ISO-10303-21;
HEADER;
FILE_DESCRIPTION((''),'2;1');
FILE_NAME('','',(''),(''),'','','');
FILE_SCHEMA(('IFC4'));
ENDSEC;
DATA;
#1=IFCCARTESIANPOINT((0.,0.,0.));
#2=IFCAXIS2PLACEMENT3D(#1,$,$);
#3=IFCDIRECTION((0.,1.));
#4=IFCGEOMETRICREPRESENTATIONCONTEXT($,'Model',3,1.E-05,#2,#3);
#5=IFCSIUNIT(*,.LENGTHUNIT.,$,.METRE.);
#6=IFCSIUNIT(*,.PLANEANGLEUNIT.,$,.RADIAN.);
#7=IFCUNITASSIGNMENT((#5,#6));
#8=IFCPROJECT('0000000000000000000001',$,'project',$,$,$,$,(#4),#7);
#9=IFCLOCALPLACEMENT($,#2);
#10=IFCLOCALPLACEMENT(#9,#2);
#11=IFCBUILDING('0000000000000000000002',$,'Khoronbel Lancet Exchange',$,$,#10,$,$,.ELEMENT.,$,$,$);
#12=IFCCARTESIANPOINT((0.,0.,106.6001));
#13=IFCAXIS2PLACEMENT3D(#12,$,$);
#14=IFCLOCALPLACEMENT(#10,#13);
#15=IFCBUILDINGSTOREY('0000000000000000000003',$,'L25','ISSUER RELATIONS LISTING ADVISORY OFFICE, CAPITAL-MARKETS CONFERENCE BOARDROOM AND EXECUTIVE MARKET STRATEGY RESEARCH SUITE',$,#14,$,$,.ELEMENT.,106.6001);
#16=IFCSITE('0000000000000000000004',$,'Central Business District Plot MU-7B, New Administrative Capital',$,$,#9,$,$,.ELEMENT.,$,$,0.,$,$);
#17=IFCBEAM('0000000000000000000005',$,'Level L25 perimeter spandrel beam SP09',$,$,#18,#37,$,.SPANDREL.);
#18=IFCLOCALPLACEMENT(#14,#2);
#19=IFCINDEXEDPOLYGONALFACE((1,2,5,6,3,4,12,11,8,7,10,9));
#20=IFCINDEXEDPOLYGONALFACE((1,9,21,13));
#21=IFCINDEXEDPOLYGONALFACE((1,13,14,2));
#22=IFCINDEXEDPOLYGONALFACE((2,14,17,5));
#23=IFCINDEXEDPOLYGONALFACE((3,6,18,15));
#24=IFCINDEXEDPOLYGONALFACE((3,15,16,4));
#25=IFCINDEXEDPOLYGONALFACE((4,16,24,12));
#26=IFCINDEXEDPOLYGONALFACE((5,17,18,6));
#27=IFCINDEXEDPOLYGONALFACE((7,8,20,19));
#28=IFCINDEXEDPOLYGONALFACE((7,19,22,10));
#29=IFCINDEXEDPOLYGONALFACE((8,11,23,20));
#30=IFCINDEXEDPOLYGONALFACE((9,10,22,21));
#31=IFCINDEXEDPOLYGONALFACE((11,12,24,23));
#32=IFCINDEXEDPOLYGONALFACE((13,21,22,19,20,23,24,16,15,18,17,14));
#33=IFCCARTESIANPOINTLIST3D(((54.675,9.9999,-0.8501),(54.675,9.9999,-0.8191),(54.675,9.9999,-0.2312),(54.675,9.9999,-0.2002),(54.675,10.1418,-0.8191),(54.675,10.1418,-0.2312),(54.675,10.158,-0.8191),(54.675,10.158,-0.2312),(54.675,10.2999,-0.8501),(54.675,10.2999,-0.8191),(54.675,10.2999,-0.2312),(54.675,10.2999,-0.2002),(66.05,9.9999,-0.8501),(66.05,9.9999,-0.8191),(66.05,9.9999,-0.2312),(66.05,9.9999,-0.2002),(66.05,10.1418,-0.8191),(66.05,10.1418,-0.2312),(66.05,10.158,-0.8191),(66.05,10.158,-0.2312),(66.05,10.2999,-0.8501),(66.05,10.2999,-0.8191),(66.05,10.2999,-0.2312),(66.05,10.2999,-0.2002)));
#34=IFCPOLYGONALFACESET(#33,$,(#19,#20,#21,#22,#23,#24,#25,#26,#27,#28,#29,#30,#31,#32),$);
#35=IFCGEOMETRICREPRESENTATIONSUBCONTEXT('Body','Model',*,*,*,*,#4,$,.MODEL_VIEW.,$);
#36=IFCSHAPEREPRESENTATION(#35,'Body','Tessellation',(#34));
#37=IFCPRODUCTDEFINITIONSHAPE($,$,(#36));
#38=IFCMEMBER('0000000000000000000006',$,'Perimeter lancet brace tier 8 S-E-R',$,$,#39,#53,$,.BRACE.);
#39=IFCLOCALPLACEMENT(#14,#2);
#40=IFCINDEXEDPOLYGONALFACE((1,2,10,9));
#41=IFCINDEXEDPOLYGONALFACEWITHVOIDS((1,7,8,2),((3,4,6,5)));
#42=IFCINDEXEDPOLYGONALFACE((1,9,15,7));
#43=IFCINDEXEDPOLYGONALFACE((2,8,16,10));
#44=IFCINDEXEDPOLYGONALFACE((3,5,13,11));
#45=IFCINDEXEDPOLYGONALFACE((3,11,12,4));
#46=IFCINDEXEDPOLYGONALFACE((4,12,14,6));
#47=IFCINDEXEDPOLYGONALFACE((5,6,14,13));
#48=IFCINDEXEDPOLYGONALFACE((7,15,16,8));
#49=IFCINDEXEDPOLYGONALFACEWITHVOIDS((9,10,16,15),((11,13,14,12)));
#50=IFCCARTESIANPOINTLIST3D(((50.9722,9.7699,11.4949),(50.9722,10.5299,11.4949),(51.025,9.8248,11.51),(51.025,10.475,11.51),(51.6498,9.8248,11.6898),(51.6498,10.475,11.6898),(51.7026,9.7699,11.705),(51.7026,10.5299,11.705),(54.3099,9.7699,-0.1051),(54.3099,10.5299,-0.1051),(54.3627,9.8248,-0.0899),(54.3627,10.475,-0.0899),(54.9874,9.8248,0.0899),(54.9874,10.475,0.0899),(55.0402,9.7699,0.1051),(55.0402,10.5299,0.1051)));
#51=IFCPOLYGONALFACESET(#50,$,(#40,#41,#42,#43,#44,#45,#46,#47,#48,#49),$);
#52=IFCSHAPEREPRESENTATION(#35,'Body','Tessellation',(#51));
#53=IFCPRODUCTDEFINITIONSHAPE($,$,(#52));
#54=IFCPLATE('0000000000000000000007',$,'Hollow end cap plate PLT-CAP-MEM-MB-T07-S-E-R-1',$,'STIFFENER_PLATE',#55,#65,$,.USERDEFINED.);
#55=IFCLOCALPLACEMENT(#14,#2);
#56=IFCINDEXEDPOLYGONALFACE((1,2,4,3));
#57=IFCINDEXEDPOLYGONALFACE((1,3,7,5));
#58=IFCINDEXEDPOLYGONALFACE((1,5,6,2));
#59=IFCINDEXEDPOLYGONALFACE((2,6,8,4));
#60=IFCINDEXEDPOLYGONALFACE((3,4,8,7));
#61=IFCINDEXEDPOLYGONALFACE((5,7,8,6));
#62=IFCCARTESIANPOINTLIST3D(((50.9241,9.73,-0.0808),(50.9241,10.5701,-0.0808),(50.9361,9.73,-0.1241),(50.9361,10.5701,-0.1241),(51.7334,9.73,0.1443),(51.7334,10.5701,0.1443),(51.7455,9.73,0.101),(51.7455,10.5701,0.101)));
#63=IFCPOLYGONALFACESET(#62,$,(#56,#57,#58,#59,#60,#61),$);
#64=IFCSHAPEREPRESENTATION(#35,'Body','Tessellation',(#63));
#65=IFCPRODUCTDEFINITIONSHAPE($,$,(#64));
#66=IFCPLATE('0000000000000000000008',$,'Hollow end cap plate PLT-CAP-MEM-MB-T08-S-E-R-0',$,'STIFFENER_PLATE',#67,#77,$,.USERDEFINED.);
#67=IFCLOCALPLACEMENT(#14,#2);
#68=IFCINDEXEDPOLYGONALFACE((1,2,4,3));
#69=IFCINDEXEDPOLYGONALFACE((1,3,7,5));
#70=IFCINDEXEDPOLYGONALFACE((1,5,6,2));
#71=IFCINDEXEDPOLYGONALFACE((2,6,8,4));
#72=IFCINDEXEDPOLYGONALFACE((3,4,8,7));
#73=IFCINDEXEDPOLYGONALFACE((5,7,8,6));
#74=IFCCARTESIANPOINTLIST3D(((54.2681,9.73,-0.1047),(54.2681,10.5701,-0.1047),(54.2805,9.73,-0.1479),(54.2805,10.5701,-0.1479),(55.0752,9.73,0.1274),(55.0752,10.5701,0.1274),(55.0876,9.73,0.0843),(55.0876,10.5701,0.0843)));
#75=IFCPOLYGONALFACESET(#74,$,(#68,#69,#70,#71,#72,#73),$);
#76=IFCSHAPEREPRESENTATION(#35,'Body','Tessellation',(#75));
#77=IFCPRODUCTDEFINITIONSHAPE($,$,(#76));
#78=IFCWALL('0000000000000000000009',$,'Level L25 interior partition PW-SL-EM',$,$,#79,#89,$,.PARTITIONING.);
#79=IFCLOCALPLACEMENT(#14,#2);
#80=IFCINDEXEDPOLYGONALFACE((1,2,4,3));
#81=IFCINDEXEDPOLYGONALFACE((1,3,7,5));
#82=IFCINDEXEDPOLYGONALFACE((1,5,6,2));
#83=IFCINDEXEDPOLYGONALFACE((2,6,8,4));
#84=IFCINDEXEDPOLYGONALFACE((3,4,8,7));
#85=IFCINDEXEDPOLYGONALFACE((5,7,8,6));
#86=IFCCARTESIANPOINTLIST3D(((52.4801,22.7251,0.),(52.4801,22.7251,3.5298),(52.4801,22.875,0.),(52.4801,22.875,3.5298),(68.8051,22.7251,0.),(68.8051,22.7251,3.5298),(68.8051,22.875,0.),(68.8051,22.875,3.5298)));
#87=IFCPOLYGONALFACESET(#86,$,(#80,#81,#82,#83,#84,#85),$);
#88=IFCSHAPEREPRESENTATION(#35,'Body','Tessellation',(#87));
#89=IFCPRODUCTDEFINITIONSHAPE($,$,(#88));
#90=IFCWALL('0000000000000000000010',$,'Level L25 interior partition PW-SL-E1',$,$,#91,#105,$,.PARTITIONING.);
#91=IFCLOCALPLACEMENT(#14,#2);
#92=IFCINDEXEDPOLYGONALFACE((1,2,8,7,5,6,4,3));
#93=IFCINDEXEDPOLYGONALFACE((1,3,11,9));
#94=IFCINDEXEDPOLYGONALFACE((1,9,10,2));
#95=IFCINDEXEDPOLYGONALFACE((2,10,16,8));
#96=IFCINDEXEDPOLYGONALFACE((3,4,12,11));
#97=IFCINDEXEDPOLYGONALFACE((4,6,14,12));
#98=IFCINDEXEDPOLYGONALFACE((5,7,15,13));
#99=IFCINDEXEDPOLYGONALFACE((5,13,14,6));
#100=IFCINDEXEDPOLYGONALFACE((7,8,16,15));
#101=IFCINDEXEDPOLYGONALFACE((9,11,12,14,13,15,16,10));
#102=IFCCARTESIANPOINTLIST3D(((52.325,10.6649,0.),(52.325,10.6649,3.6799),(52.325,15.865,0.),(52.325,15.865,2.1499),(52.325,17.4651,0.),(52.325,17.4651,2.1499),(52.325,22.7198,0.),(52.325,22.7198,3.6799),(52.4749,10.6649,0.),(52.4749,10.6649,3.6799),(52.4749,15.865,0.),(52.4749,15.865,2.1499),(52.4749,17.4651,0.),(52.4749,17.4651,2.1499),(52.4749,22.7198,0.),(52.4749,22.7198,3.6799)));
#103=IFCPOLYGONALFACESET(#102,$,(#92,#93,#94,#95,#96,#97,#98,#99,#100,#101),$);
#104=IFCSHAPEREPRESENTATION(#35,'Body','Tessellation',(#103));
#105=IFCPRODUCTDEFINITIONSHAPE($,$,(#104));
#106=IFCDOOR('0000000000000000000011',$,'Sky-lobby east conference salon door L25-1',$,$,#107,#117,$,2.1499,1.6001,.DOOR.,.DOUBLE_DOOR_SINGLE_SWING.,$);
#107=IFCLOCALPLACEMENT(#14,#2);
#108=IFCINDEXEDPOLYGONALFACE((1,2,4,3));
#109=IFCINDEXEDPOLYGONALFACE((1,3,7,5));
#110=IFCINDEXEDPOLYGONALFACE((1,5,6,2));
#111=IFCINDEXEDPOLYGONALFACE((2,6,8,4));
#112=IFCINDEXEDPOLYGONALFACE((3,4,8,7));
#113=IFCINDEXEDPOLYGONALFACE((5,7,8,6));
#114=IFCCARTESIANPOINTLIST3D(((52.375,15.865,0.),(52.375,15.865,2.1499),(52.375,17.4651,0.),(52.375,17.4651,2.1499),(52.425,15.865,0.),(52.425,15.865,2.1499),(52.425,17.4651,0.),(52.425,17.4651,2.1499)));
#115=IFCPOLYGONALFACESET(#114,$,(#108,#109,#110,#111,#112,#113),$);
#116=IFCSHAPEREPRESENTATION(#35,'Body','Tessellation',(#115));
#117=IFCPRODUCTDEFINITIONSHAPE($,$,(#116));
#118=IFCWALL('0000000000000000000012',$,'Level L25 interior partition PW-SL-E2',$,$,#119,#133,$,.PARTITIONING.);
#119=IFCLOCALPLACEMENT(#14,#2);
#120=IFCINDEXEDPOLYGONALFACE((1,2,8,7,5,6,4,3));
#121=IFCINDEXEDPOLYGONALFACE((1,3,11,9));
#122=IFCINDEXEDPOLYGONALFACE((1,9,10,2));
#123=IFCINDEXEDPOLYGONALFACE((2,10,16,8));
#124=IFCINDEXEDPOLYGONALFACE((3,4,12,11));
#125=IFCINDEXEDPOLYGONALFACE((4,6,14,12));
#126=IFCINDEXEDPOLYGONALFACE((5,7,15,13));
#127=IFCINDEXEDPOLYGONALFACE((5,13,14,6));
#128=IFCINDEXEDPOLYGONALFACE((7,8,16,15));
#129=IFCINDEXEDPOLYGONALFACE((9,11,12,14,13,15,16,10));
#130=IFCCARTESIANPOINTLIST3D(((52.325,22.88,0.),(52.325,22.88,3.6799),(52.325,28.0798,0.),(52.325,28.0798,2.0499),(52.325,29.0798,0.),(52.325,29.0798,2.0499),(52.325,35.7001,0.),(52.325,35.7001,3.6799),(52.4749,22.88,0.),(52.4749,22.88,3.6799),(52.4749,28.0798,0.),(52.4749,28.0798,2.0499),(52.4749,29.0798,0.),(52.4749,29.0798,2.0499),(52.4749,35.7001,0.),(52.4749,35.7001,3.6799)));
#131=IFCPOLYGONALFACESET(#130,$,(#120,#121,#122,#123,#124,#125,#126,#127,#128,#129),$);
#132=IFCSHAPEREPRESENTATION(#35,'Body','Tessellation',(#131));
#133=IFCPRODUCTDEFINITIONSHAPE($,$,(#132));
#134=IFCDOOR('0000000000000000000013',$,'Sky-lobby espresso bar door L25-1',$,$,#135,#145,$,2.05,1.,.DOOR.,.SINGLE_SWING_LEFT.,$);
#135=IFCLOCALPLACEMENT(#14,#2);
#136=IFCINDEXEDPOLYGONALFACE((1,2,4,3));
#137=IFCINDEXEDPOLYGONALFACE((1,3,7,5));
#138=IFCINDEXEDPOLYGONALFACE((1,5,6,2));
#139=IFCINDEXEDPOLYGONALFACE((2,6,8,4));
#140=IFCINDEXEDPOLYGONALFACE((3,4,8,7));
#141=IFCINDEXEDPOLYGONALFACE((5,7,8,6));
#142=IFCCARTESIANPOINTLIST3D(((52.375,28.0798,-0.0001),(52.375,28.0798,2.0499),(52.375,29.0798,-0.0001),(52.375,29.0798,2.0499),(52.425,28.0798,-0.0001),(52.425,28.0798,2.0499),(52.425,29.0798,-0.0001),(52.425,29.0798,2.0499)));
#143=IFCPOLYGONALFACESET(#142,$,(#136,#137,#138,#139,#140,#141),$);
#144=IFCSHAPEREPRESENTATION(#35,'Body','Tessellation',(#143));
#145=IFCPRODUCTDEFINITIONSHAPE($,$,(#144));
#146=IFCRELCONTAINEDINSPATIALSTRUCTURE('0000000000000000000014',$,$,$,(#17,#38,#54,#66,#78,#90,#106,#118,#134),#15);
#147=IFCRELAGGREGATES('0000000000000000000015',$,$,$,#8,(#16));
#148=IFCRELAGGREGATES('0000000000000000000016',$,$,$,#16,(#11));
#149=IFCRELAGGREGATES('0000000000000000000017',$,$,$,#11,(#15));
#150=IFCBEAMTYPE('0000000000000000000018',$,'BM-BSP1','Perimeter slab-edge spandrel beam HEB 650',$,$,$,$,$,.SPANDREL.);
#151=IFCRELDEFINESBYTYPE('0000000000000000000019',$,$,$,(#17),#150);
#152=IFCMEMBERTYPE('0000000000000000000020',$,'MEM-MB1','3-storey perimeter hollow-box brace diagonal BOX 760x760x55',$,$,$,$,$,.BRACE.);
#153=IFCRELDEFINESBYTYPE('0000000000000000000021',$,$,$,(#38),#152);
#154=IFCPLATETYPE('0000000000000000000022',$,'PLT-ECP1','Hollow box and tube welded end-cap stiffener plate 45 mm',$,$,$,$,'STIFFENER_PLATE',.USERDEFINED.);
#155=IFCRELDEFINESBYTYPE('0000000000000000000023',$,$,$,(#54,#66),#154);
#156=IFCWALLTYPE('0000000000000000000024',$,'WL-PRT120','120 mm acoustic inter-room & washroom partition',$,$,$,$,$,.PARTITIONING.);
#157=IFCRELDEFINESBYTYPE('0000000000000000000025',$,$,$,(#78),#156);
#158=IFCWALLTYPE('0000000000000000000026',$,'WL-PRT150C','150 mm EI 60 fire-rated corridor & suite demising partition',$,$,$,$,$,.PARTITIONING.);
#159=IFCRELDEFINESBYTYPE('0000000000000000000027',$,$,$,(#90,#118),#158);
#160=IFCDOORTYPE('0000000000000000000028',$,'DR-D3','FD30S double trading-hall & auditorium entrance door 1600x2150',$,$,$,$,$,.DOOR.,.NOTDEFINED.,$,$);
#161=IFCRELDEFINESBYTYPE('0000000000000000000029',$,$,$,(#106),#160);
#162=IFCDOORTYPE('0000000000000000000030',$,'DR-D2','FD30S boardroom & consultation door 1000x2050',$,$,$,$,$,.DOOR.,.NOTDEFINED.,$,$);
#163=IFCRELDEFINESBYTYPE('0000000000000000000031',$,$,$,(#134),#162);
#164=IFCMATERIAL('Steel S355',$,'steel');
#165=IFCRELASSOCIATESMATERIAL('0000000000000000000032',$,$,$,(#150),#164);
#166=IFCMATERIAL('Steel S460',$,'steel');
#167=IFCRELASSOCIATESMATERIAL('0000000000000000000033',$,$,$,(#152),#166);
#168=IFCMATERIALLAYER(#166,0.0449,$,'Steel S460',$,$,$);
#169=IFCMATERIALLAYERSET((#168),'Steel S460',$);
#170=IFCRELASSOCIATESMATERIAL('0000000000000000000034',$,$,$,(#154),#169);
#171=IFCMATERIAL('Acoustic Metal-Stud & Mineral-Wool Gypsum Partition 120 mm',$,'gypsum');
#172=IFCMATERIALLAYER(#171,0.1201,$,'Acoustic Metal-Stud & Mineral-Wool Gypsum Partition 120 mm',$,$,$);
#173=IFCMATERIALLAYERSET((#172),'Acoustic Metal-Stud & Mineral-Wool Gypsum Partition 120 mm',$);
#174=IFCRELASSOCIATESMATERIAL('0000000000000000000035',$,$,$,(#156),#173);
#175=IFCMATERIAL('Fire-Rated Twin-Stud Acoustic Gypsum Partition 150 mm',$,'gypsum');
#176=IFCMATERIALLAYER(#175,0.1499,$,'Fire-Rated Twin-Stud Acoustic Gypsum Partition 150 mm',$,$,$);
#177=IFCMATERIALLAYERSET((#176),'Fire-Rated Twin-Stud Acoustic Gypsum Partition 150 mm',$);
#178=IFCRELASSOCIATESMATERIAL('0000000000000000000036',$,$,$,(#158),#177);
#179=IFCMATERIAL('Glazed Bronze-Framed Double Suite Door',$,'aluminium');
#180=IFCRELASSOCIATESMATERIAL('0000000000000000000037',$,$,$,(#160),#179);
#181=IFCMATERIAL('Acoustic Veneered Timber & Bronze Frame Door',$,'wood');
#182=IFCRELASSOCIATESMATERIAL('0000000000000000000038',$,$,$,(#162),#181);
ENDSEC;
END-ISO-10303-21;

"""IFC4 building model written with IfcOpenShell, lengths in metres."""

from ifc_helpers import new_model, si_unit, direction, frame, frame_2d, origin, origin_2d, place, context, subcontext, project, spatial, polyline, rectangle, hollow_rectangle, i_section, outline, extrude, material, layer, layer_set, material_profile, profile_set, type_object, element, fill, save


model = new_model("IFC4")

# Units and contexts
model_context = context("Model", 3, precision=1e-05, world=origin(), true_north=direction((0.0, 1.0)))
body_context = subcontext(model_context, "Body", "Model", "MODEL_VIEW")
ifc_project = project(units=[si_unit("LENGTHUNIT", "METRE"), si_unit("PLANEANGLEUNIT", "RADIAN")], contexts=[model_context])

# Site, building, storey
site_placement = place(None, origin())
site = spatial("IfcSite", under=ifc_project, at=site_placement, Name="Central Business District Plot MU-7B, New Administrative Capital", CompositionType="ELEMENT", RefElevation=0.0)
building_placement = place(site_placement, origin())
building = spatial("IfcBuilding", under=site, at=building_placement, Name="Khoronbel Lancet Exchange", CompositionType="ELEMENT")
storey_placement = place(building_placement, frame((0.0, 0.0, 106.6001)))
storey = spatial("IfcBuildingStorey", under=building, at=storey_placement, Name="L25", Description="ISSUER RELATIONS LISTING ADVISORY OFFICE, CAPITAL-MARKETS CONFERENCE BOARDROOM AND EXECUTIVE MARKET STRATEGY RESEARCH SUITE", CompositionType="ELEMENT", Elevation=106.6001)

# Shared definitions
ifc_material_1 = material(Name="Steel S460", Category="steel")

# Beam
ifc_material_2 = material(Name="Steel S355", Category="steel")
ifc_material_profile_1 = material_profile(ifc_material_2, i_section(OverallWidth=0.3, OverallDepth=0.6499, WebThickness=0.0161, FlangeThickness=0.031, at=origin_2d()), Name="HEB 650")
ifc_profile_set_1 = profile_set([ifc_material_profile_1], Name="Steel S355")
beam_type_1 = type_object("IfcBeamType", Name="BM-BSP1", Description="Perimeter slab-edge spandrel beam HEB 650", PredefinedType="SPANDREL", material=ifc_profile_set_1)
beam_1_placement = place(storey_placement, frame((54.675, 10.1499, -0.5251), z_axis=(1.0, 0.0, 0.0), x_axis=(0.0, 1.0, 0.0)))
element("IfcBeam", 1, at=beam_1_placement, inside=storey, type_object=beam_type_1, Name="Level L25 perimeter spandrel beam SP09", PredefinedType="SPANDREL", context=body_context, shape_type="SweptSolid", body=[
    extrude(i_section(OverallWidth=0.3, OverallDepth=0.6499, WebThickness=0.0161, FlangeThickness=0.031, at=origin_2d()), origin(), (0.0, 0.0, 1.0), 11.375),
])

# Member
ifc_material_profile_2 = material_profile(ifc_material_1, hollow_rectangle(XDim=0.76, YDim=0.76, WallThickness=0.0549, at=origin_2d()), Name="BOX 760x760x55")
ifc_profile_set_2 = profile_set([ifc_material_profile_2], Name="Steel S460")
member_type = type_object("IfcMemberType", Name="MEM-MB1", Description="3-storey perimeter hollow-box brace diagonal BOX 760x760x55", PredefinedType="BRACE", material=ifc_profile_set_2)
member_placement = place(storey_placement, frame((54.675, 10.1499, 0.0), z_axis=(-0.276513, 0.0, 0.96101), x_axis=(0.0, -1.0, 0.0)))
element("IfcMember", 2, at=member_placement, inside=storey, type_object=member_type, Name="Perimeter lancet brace tier 8 S-E-R", PredefinedType="BRACE", context=body_context, shape_type="SweptSolid", body=[
    extrude(hollow_rectangle(XDim=0.76, YDim=0.76, WallThickness=0.0549, at=origin_2d()), origin(), (0.0, 0.0, 1.0), 12.0706),
])

# Plates
ifc_layer_1 = layer(ifc_material_1, 0.0449, Name="Steel S460")
ifc_layer_set_1 = layer_set([ifc_layer_1], Name="Steel S460")
plate_type = type_object("IfcPlateType", Name="PLT-ECP1", Description="Hollow box and tube welded end-cap stiffener plate 45 mm", ElementType="STIFFENER_PLATE", PredefinedType="USERDEFINED", material=ifc_layer_set_1)
plate_1_placement = place(storey_placement, frame((50.9241, 10.5701, -0.0808), z_axis=(-0.267959, 0.0, 0.96343), x_axis=(0.0, -1.0, 0.0)))
element("IfcPlate", 3, at=plate_1_placement, inside=storey, type_object=plate_type, Name="Hollow end cap plate PLT-CAP-MEM-MB-T07-S-E-R-1", ObjectType="STIFFENER_PLATE", PredefinedType="USERDEFINED", context=body_context, shape_type="SweptSolid", body=[
    extrude(outline(polyline([(0.0, 0.0), (0.8401, 0.0), (0.8401, 0.8401), (0.0, 0.8401), (0.0, 0.0)])), origin(), (0.0, 0.0, -1.0), 0.0449),
])
plate_2_placement = place(storey_placement, frame((54.2681, 10.5701, -0.1047), z_axis=(-0.276448, 0.0, 0.961029), x_axis=(0.0, -1.0, 0.0)))
element("IfcPlate", 4, at=plate_2_placement, inside=storey, type_object=plate_type, Name="Hollow end cap plate PLT-CAP-MEM-MB-T08-S-E-R-0", ObjectType="STIFFENER_PLATE", PredefinedType="USERDEFINED", context=body_context, shape_type="SweptSolid", body=[
    extrude(outline(polyline([(0.0, 0.0), (0.8401, 0.0), (0.8401, 0.8398), (0.0, 0.8398), (0.0, 0.0)])), origin(), (0.0, 0.0, -1.0), 0.0449),
])

# Wall
ifc_material_3 = material(Name="Acoustic Metal-Stud & Mineral-Wool Gypsum Partition 120 mm", Category="gypsum")
ifc_layer_2 = layer(ifc_material_3, 0.1201, Name="Acoustic Metal-Stud & Mineral-Wool Gypsum Partition 120 mm")
ifc_layer_set_2 = layer_set([ifc_layer_2], Name="Acoustic Metal-Stud & Mineral-Wool Gypsum Partition 120 mm")
wall_type_1 = type_object("IfcWallType", Name="WL-PRT120", Description="120 mm acoustic inter-room & washroom partition", PredefinedType="PARTITIONING", material=ifc_layer_set_2)
wall_1_placement = place(storey_placement, frame((52.48, 22.8, 0.0), z_axis=(0.0, 0.0, 1.0), x_axis=(1.0, 0.0, 0.0)))
element("IfcWall", 5, at=wall_1_placement, inside=storey, type_object=wall_type_1, Name="Level L25 interior partition PW-SL-EM", PredefinedType="PARTITIONING", context=body_context, shape_type="SweptSolid", body=[
    extrude(rectangle(XDim=16.325, YDim=0.1499, at=frame_2d((8.1626, 0.0))), origin(), (0.0, 0.0, 1.0), 3.5298),
])

# Walls, openings, doors
ifc_material_4 = material(Name="Fire-Rated Twin-Stud Acoustic Gypsum Partition 150 mm", Category="gypsum")
ifc_layer_3 = layer(ifc_material_4, 0.1499, Name="Fire-Rated Twin-Stud Acoustic Gypsum Partition 150 mm")
ifc_layer_set_3 = layer_set([ifc_layer_3], Name="Fire-Rated Twin-Stud Acoustic Gypsum Partition 150 mm")
wall_type_2 = type_object("IfcWallType", Name="WL-PRT150C", Description="150 mm EI 60 fire-rated corridor & suite demising partition", PredefinedType="PARTITIONING", material=ifc_layer_set_3)
wall_2_placement = place(storey_placement, frame((52.3999, 10.665, 0.0), z_axis=(0.0, 0.0, 1.0), x_axis=(0.0, 1.0, 0.0)))
wall_2 = element("IfcWall", 6, at=wall_2_placement, inside=storey, type_object=wall_type_2, Name="Level L25 interior partition PW-SL-E1", PredefinedType="PARTITIONING", context=body_context, shape_type="SweptSolid", body=[
    extrude(rectangle(XDim=12.0549, YDim=0.1499, at=frame_2d((6.0273, 0.0))), origin(), (0.0, 0.0, 1.0), 3.6799),
])
opening_1_placement = place(wall_2_placement, frame((5.2, 0.0, 0.0)))
opening_1 = element("IfcOpeningElement", 7, at=opening_1_placement, cuts=wall_2, PredefinedType="OPENING", context=body_context, shape_type="SweptSolid", body=[
    extrude(rectangle(XDim=1.6001, YDim=2.1499, at=frame_2d((0.8, 1.075))), frame((0.0, 0.085, 0.0), z_axis=(0.0, -1.0, 0.0), x_axis=(1.0, 0.0, 0.0)), (0.0, 0.0, 1.0), 0.1699),
])
ifc_material_5 = material(Name="Glazed Bronze-Framed Double Suite Door", Category="aluminium")
door_type_1 = type_object("IfcDoorType", Name="DR-D3", Description="FD30S double trading-hall & auditorium entrance door 1600x2150", OperationType="NOTDEFINED", PredefinedType="DOOR", material=ifc_material_5)
door_1_placement = place(opening_1_placement, origin())
door_1 = element("IfcDoor", 8, at=door_1_placement, inside=storey, type_object=door_type_1, Name="Sky-lobby east conference salon door L25-1", OperationType="DOUBLE_DOOR_SINGLE_SWING", OverallHeight=2.1499, OverallWidth=1.6001, PredefinedType="DOOR", context=body_context, shape_type="SweptSolid", body=[
    extrude(rectangle(XDim=1.6001, YDim=2.1499, at=frame_2d((0.8, 1.075))), frame((0.0, 0.0249, 0.0), z_axis=(0.0, -1.0, 0.0), x_axis=(1.0, 0.0, 0.0)), (0.0, 0.0, 1.0), 0.05),
])
fill(opening_1, door_1)
wall_3_placement = place(storey_placement, frame((52.3999, 22.8799, 0.0), z_axis=(0.0, 0.0, 1.0), x_axis=(0.0, 1.0, 0.0)))
wall_3 = element("IfcWall", 9, at=wall_3_placement, inside=storey, type_object=wall_type_2, Name="Level L25 interior partition PW-SL-E2", PredefinedType="PARTITIONING", context=body_context, shape_type="SweptSolid", body=[
    extrude(rectangle(XDim=12.8201, YDim=0.1499, at=frame_2d((6.4102, 0.0))), origin(), (0.0, 0.0, 1.0), 3.6799),
])
opening_2_placement = place(wall_3_placement, frame((5.2, 0.0, 0.0)))
opening_2 = element("IfcOpeningElement", 10, at=opening_2_placement, cuts=wall_3, PredefinedType="OPENING", context=body_context, shape_type="SweptSolid", body=[
    extrude(rectangle(XDim=1.0, YDim=2.05, at=frame_2d((0.5, 1.0249))), frame((0.0, 0.085, 0.0), z_axis=(0.0, -1.0, 0.0), x_axis=(1.0, 0.0, 0.0)), (0.0, 0.0, 1.0), 0.1699),
])
ifc_material_6 = material(Name="Acoustic Veneered Timber & Bronze Frame Door", Category="wood")
door_type_2 = type_object("IfcDoorType", Name="DR-D2", Description="FD30S boardroom & consultation door 1000x2050", OperationType="NOTDEFINED", PredefinedType="DOOR", material=ifc_material_6)
door_2_placement = place(opening_2_placement, origin())
door_2 = element("IfcDoor", 11, at=door_2_placement, inside=storey, type_object=door_type_2, Name="Sky-lobby espresso bar door L25-1", OperationType="SINGLE_SWING_LEFT", OverallHeight=2.05, OverallWidth=1.0, PredefinedType="DOOR", context=body_context, shape_type="SweptSolid", body=[
    extrude(rectangle(XDim=1.0, YDim=2.05, at=frame_2d((0.5, 1.0249))), frame((0.0, 0.0249, 0.0), z_axis=(0.0, -1.0, 0.0), x_axis=(1.0, 0.0, 0.0)), (0.0, 0.0, 1.0), 0.05),
])
fill(opening_2, door_2)

save(model, "model.ifc")
